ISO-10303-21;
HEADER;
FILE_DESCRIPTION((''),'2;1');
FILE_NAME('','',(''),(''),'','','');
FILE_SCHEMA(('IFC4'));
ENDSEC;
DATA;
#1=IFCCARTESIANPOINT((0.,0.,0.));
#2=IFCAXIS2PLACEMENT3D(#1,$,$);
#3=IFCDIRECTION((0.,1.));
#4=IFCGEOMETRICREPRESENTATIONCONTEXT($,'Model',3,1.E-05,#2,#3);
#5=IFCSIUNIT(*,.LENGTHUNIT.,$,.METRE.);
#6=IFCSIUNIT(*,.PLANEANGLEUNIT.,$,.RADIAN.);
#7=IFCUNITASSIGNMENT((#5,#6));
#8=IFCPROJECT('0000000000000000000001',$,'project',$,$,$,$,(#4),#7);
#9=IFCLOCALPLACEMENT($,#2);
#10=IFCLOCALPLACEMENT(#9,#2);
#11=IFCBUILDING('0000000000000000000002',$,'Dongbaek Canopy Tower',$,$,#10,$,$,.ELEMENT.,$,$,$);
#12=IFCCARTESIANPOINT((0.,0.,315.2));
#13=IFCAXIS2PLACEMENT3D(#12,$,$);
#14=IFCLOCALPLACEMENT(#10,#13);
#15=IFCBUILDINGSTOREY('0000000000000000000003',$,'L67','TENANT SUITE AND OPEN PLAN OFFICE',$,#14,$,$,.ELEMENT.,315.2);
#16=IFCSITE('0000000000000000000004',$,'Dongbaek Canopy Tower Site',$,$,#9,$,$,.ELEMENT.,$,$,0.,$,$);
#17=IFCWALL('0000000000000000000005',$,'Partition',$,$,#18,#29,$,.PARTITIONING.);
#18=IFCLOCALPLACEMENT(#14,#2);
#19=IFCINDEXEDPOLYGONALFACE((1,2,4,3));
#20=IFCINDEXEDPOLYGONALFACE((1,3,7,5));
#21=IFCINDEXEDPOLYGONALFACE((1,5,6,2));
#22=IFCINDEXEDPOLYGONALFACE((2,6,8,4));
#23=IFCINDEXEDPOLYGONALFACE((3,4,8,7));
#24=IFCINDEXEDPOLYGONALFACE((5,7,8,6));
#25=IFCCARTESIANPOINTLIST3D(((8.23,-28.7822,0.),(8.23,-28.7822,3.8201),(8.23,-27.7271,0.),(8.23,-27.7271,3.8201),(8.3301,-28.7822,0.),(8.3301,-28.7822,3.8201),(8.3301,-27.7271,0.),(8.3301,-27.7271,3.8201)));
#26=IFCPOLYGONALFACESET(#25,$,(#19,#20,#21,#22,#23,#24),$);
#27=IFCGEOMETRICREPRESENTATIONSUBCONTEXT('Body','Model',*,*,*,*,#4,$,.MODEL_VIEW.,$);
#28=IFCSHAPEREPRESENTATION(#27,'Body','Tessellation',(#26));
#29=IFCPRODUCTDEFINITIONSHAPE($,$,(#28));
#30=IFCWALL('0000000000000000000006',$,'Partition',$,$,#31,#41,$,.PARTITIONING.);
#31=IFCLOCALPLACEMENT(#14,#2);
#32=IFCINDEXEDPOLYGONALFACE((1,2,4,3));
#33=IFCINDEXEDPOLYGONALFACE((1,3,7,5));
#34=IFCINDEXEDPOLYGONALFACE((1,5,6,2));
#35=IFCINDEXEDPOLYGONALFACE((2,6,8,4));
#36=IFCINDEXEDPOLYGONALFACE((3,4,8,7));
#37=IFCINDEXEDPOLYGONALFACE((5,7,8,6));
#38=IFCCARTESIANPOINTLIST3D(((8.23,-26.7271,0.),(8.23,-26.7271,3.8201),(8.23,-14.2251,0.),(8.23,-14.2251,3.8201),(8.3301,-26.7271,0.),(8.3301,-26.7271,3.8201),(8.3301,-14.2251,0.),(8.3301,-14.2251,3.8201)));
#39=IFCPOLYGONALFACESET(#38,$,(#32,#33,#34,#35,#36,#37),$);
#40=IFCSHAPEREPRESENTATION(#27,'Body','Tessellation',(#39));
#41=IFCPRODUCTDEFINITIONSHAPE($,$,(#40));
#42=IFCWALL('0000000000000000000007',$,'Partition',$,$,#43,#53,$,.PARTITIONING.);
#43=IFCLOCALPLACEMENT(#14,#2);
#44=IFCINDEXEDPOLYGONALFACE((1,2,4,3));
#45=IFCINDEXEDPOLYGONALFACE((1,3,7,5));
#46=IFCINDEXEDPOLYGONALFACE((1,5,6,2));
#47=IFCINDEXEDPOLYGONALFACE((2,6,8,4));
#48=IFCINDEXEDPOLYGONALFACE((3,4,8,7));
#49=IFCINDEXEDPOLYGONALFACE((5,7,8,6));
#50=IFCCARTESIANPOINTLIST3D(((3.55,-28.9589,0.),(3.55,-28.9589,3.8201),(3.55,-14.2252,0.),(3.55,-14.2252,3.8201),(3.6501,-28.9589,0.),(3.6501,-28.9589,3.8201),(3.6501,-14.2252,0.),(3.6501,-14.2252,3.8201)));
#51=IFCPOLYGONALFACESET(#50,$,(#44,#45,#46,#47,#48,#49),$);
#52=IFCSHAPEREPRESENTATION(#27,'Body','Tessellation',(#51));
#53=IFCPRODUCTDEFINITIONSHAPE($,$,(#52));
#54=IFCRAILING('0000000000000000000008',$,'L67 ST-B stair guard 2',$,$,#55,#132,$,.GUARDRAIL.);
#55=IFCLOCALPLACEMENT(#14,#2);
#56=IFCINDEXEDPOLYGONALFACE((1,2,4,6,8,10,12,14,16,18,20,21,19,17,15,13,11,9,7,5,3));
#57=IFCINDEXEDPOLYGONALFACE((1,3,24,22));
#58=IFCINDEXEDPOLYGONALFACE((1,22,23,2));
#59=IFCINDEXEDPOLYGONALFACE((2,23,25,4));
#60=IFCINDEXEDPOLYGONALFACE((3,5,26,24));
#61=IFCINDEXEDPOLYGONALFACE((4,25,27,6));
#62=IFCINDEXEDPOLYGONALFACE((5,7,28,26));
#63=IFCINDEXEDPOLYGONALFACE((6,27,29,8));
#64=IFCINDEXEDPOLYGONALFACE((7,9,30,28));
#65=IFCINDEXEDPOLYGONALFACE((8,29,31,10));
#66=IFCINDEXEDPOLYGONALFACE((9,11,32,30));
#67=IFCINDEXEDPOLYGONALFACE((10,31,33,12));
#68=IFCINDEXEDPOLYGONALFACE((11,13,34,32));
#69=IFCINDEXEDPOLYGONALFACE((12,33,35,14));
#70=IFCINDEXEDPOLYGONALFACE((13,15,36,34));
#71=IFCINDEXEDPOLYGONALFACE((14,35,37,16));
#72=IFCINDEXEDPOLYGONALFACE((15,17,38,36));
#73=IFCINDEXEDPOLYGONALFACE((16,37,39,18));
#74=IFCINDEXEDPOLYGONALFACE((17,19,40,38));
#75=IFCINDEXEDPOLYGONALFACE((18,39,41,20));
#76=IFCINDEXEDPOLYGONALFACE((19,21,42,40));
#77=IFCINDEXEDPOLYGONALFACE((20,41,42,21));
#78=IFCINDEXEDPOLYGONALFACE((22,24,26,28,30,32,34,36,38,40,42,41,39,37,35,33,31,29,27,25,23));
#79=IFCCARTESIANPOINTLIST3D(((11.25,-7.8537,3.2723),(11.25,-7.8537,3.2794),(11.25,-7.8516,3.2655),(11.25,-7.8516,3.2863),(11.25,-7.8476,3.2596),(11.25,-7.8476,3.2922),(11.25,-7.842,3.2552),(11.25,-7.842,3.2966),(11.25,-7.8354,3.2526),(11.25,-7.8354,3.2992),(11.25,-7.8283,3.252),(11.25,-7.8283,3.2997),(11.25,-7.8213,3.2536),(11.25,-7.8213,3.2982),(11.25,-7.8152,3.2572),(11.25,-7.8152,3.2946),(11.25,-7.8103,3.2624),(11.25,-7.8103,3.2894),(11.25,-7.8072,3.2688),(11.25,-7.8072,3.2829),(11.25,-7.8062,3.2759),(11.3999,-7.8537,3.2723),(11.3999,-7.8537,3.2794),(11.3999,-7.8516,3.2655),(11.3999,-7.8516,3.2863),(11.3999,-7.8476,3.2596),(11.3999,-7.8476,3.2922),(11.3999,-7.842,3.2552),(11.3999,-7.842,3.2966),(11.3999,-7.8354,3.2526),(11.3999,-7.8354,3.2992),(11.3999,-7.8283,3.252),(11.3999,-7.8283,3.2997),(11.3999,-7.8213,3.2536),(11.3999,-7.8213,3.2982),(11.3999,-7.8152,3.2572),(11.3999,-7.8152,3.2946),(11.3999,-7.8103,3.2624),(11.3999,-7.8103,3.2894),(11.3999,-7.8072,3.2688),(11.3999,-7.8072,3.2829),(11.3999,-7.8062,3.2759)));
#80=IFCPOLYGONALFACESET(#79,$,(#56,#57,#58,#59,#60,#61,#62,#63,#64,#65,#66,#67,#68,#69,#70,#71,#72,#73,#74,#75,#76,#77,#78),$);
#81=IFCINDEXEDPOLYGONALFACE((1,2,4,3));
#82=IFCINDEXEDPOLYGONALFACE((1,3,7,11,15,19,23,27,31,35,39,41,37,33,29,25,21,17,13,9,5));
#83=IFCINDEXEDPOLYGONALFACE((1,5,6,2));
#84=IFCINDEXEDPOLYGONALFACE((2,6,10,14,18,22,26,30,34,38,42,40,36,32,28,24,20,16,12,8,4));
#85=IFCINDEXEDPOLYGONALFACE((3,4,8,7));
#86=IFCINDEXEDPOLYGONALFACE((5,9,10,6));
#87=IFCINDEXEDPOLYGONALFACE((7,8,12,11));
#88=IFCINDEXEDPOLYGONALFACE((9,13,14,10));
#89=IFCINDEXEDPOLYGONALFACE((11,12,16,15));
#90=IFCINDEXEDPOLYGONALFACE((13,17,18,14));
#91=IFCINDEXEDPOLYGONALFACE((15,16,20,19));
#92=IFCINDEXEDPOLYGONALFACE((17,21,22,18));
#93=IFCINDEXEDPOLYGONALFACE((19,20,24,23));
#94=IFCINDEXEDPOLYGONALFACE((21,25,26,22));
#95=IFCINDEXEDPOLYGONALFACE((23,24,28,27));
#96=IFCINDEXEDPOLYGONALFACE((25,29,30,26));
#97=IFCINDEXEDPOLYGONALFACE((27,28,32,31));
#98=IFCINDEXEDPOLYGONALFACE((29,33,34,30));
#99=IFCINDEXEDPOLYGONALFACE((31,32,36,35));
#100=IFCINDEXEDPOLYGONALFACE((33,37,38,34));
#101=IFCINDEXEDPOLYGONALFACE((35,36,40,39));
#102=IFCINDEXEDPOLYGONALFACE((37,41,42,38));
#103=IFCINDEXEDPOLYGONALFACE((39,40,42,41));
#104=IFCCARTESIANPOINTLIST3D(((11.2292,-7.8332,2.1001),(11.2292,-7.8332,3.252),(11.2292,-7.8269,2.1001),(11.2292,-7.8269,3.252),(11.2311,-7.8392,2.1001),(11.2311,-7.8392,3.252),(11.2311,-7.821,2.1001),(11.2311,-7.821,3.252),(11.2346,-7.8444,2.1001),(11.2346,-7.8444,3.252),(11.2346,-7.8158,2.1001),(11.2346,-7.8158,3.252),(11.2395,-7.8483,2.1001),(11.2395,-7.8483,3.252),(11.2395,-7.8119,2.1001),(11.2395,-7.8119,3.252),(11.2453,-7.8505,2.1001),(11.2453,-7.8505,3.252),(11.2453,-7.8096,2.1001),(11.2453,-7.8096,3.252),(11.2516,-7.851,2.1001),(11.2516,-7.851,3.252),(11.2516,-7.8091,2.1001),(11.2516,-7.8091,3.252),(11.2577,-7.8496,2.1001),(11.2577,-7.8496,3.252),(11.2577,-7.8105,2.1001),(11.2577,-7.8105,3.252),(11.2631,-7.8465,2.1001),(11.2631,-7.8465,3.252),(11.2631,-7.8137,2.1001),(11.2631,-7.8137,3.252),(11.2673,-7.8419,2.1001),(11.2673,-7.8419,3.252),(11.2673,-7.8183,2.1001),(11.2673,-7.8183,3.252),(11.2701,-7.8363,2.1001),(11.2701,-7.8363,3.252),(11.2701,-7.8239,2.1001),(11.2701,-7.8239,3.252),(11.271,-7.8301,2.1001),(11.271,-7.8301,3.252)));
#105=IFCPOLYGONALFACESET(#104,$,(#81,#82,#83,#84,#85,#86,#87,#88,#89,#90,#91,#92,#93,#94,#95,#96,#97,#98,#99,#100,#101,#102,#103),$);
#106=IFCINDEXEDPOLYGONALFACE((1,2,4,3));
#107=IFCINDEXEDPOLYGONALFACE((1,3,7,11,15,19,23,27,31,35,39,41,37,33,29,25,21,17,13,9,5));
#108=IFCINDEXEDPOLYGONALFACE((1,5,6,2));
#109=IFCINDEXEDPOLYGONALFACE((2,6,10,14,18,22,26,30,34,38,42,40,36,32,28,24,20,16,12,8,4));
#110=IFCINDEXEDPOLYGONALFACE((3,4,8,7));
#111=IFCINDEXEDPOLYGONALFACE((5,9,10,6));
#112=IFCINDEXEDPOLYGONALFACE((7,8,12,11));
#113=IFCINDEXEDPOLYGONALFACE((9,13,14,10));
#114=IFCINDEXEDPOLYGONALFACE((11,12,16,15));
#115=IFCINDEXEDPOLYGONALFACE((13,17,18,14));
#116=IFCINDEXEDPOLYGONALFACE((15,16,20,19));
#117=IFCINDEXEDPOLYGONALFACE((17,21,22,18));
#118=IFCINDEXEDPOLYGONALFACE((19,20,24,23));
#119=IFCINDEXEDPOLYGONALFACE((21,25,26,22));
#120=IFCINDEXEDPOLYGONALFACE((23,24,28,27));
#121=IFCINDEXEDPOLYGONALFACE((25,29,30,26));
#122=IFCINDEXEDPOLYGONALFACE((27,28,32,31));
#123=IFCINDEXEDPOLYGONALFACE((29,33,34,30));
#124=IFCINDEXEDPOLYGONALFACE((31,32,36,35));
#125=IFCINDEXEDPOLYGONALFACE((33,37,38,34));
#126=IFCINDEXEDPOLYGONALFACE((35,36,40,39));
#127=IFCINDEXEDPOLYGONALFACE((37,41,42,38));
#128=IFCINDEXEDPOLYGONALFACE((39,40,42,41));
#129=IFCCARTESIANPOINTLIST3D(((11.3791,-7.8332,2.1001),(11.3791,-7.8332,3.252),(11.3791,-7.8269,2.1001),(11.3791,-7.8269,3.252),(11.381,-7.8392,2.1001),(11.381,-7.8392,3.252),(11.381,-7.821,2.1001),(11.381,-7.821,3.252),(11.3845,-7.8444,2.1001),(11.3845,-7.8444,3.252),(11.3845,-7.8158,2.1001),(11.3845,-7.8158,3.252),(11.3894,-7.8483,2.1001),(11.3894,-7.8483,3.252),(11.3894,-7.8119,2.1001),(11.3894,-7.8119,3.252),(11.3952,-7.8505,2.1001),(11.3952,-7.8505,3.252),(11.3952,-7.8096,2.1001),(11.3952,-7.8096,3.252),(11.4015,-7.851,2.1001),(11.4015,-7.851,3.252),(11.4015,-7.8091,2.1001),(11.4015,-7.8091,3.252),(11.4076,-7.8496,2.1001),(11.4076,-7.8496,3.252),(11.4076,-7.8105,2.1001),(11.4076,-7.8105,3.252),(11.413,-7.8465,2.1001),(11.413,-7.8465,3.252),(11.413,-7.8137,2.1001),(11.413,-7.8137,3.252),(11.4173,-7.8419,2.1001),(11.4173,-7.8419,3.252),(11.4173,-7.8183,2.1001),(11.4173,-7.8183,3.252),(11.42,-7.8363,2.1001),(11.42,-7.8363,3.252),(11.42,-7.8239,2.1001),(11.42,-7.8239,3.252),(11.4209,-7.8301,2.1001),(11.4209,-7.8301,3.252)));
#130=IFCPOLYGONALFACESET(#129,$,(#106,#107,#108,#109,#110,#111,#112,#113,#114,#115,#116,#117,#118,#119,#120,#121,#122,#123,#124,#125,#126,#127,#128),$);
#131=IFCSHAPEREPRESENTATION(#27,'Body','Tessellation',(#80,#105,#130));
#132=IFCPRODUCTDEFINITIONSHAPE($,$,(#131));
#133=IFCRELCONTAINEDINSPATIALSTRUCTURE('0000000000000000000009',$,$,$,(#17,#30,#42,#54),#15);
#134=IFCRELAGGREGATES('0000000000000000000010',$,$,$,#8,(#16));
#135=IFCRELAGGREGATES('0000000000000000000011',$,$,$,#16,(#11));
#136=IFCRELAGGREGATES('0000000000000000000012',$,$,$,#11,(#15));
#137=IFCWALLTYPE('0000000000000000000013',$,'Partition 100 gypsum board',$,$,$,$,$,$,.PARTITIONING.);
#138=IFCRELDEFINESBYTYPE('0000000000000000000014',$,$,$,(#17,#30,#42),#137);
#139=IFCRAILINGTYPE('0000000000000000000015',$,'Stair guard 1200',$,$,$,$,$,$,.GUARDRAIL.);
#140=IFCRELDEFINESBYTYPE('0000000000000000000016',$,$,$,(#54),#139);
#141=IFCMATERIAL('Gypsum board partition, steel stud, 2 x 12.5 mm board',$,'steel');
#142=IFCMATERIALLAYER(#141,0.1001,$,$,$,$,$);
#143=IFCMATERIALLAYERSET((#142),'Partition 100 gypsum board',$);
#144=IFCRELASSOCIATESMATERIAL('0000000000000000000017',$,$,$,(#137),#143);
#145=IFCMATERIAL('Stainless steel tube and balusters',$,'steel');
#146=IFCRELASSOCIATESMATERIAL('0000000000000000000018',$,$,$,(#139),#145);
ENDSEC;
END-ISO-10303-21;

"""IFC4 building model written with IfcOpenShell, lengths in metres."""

from ifc_helpers import new_model, si_unit, direction, frame, frame_2d, origin, origin_2d, place, context, subcontext, project, spatial, rectangle, circle, extrude, material, layer, layer_set, type_object, element, save


model = new_model("IFC4")

# Units and contexts
model_context = context("Model", 3, precision=1e-05, world=origin(), true_north=direction((0.0, 1.0)))
body_context = subcontext(model_context, "Body", "Model", "MODEL_VIEW")
ifc_project = project(units=[si_unit("LENGTHUNIT", "METRE"), si_unit("PLANEANGLEUNIT", "RADIAN")], contexts=[model_context])

# Site, building, storey
site_placement = place(None, origin())
site = spatial("IfcSite", under=ifc_project, at=site_placement, Name="Dongbaek Canopy Tower Site", CompositionType="ELEMENT", RefElevation=0.0)
building_placement = place(site_placement, origin())
building = spatial("IfcBuilding", under=site, at=building_placement, Name="Dongbaek Canopy Tower", CompositionType="ELEMENT")
storey_placement = place(building_placement, frame((0.0, 0.0, 315.2)))
storey = spatial("IfcBuildingStorey", under=building, at=storey_placement, Name="L67", Description="TENANT SUITE AND OPEN PLAN OFFICE", CompositionType="ELEMENT", Elevation=315.2)

# Walls
ifc_material_1 = material(Name="Gypsum board partition, steel stud, 2 x 12.5 mm board", Category="steel")
ifc_layer_1 = layer(ifc_material_1, 0.1001)
ifc_layer_set_1 = layer_set([ifc_layer_1], Name="Partition 100 gypsum board")
wall_type_1 = type_object("IfcWallType", Name="Partition 100 gypsum board", PredefinedType="PARTITIONING", material=ifc_layer_set_1)
wall_1_placement = place(storey_placement, frame((8.28, -28.7822, 0.0), z_axis=(0.0, 0.0, 1.0), x_axis=(0.0, 1.0, 0.0)))
element("IfcWall", 1, at=wall_1_placement, inside=storey, type_object=wall_type_1, Name="Partition", PredefinedType="PARTITIONING", context=body_context, shape_type="SweptSolid", body=[
    extrude(rectangle(XDim=1.0552, YDim=0.1001, at=frame_2d((0.5276, 0.0))), origin(), (0.0, 0.0, 1.0), 3.8201),
])
wall_2_placement = place(storey_placement, frame((8.28, -26.7271, 0.0), z_axis=(0.0, 0.0, 1.0), x_axis=(0.0, 1.0, 0.0)))
element("IfcWall", 2, at=wall_2_placement, inside=storey, type_object=wall_type_1, Name="Partition", PredefinedType="PARTITIONING", context=body_context, shape_type="SweptSolid", body=[
    extrude(rectangle(XDim=12.502, YDim=0.1001, at=frame_2d((6.251, 0.0))), origin(), (0.0, 0.0, 1.0), 3.8201),
])
wall_3_placement = place(storey_placement, frame((3.6001, -28.9587, 0.0), z_axis=(0.0, 0.0, 1.0), x_axis=(0.0, 1.0, 0.0)))
element("IfcWall", 3, at=wall_3_placement, inside=storey, type_object=wall_type_1, Name="Partition", PredefinedType="PARTITIONING", context=body_context, shape_type="SweptSolid", body=[
    extrude(rectangle(XDim=14.7336, YDim=0.1001, at=frame_2d((7.3667, 0.0))), origin(), (0.0, 0.0, 1.0), 3.8201),
])

# Railing
ifc_material_2 = material(Name="Stainless steel tube and balusters", Category="steel")
railing_type_1 = type_object("IfcRailingType", Name="Stair guard 1200", PredefinedType="GUARDRAIL", material=ifc_material_2)
railing_1_placement = place(storey_placement, frame((11.25, -7.8301, 2.1001)))
element("IfcRailing", 4, at=railing_1_placement, inside=storey, type_object=railing_type_1, Name="L67 ST-B stair guard 2", PredefinedType="GUARDRAIL", context=body_context, shape_type="SweptSolid", body=[
    extrude(circle(Radius=0.0239, at=origin_2d()), frame((0.0, 0.0, 1.1758), z_axis=(1.0, 0.0, 0.0), x_axis=(0.0, 1.0, 0.0)), (0.0, 0.0, 1.0), 0.1499),
    extrude(circle(Radius=0.021, at=origin_2d()), origin(), (0.0, 0.0, 1.0), 1.1519),
    extrude(circle(Radius=0.021, at=origin_2d()), frame((0.1499, 0.0, 0.0)), (0.0, 0.0, 1.0), 1.1519),
])

save(model, "model.ifc")
